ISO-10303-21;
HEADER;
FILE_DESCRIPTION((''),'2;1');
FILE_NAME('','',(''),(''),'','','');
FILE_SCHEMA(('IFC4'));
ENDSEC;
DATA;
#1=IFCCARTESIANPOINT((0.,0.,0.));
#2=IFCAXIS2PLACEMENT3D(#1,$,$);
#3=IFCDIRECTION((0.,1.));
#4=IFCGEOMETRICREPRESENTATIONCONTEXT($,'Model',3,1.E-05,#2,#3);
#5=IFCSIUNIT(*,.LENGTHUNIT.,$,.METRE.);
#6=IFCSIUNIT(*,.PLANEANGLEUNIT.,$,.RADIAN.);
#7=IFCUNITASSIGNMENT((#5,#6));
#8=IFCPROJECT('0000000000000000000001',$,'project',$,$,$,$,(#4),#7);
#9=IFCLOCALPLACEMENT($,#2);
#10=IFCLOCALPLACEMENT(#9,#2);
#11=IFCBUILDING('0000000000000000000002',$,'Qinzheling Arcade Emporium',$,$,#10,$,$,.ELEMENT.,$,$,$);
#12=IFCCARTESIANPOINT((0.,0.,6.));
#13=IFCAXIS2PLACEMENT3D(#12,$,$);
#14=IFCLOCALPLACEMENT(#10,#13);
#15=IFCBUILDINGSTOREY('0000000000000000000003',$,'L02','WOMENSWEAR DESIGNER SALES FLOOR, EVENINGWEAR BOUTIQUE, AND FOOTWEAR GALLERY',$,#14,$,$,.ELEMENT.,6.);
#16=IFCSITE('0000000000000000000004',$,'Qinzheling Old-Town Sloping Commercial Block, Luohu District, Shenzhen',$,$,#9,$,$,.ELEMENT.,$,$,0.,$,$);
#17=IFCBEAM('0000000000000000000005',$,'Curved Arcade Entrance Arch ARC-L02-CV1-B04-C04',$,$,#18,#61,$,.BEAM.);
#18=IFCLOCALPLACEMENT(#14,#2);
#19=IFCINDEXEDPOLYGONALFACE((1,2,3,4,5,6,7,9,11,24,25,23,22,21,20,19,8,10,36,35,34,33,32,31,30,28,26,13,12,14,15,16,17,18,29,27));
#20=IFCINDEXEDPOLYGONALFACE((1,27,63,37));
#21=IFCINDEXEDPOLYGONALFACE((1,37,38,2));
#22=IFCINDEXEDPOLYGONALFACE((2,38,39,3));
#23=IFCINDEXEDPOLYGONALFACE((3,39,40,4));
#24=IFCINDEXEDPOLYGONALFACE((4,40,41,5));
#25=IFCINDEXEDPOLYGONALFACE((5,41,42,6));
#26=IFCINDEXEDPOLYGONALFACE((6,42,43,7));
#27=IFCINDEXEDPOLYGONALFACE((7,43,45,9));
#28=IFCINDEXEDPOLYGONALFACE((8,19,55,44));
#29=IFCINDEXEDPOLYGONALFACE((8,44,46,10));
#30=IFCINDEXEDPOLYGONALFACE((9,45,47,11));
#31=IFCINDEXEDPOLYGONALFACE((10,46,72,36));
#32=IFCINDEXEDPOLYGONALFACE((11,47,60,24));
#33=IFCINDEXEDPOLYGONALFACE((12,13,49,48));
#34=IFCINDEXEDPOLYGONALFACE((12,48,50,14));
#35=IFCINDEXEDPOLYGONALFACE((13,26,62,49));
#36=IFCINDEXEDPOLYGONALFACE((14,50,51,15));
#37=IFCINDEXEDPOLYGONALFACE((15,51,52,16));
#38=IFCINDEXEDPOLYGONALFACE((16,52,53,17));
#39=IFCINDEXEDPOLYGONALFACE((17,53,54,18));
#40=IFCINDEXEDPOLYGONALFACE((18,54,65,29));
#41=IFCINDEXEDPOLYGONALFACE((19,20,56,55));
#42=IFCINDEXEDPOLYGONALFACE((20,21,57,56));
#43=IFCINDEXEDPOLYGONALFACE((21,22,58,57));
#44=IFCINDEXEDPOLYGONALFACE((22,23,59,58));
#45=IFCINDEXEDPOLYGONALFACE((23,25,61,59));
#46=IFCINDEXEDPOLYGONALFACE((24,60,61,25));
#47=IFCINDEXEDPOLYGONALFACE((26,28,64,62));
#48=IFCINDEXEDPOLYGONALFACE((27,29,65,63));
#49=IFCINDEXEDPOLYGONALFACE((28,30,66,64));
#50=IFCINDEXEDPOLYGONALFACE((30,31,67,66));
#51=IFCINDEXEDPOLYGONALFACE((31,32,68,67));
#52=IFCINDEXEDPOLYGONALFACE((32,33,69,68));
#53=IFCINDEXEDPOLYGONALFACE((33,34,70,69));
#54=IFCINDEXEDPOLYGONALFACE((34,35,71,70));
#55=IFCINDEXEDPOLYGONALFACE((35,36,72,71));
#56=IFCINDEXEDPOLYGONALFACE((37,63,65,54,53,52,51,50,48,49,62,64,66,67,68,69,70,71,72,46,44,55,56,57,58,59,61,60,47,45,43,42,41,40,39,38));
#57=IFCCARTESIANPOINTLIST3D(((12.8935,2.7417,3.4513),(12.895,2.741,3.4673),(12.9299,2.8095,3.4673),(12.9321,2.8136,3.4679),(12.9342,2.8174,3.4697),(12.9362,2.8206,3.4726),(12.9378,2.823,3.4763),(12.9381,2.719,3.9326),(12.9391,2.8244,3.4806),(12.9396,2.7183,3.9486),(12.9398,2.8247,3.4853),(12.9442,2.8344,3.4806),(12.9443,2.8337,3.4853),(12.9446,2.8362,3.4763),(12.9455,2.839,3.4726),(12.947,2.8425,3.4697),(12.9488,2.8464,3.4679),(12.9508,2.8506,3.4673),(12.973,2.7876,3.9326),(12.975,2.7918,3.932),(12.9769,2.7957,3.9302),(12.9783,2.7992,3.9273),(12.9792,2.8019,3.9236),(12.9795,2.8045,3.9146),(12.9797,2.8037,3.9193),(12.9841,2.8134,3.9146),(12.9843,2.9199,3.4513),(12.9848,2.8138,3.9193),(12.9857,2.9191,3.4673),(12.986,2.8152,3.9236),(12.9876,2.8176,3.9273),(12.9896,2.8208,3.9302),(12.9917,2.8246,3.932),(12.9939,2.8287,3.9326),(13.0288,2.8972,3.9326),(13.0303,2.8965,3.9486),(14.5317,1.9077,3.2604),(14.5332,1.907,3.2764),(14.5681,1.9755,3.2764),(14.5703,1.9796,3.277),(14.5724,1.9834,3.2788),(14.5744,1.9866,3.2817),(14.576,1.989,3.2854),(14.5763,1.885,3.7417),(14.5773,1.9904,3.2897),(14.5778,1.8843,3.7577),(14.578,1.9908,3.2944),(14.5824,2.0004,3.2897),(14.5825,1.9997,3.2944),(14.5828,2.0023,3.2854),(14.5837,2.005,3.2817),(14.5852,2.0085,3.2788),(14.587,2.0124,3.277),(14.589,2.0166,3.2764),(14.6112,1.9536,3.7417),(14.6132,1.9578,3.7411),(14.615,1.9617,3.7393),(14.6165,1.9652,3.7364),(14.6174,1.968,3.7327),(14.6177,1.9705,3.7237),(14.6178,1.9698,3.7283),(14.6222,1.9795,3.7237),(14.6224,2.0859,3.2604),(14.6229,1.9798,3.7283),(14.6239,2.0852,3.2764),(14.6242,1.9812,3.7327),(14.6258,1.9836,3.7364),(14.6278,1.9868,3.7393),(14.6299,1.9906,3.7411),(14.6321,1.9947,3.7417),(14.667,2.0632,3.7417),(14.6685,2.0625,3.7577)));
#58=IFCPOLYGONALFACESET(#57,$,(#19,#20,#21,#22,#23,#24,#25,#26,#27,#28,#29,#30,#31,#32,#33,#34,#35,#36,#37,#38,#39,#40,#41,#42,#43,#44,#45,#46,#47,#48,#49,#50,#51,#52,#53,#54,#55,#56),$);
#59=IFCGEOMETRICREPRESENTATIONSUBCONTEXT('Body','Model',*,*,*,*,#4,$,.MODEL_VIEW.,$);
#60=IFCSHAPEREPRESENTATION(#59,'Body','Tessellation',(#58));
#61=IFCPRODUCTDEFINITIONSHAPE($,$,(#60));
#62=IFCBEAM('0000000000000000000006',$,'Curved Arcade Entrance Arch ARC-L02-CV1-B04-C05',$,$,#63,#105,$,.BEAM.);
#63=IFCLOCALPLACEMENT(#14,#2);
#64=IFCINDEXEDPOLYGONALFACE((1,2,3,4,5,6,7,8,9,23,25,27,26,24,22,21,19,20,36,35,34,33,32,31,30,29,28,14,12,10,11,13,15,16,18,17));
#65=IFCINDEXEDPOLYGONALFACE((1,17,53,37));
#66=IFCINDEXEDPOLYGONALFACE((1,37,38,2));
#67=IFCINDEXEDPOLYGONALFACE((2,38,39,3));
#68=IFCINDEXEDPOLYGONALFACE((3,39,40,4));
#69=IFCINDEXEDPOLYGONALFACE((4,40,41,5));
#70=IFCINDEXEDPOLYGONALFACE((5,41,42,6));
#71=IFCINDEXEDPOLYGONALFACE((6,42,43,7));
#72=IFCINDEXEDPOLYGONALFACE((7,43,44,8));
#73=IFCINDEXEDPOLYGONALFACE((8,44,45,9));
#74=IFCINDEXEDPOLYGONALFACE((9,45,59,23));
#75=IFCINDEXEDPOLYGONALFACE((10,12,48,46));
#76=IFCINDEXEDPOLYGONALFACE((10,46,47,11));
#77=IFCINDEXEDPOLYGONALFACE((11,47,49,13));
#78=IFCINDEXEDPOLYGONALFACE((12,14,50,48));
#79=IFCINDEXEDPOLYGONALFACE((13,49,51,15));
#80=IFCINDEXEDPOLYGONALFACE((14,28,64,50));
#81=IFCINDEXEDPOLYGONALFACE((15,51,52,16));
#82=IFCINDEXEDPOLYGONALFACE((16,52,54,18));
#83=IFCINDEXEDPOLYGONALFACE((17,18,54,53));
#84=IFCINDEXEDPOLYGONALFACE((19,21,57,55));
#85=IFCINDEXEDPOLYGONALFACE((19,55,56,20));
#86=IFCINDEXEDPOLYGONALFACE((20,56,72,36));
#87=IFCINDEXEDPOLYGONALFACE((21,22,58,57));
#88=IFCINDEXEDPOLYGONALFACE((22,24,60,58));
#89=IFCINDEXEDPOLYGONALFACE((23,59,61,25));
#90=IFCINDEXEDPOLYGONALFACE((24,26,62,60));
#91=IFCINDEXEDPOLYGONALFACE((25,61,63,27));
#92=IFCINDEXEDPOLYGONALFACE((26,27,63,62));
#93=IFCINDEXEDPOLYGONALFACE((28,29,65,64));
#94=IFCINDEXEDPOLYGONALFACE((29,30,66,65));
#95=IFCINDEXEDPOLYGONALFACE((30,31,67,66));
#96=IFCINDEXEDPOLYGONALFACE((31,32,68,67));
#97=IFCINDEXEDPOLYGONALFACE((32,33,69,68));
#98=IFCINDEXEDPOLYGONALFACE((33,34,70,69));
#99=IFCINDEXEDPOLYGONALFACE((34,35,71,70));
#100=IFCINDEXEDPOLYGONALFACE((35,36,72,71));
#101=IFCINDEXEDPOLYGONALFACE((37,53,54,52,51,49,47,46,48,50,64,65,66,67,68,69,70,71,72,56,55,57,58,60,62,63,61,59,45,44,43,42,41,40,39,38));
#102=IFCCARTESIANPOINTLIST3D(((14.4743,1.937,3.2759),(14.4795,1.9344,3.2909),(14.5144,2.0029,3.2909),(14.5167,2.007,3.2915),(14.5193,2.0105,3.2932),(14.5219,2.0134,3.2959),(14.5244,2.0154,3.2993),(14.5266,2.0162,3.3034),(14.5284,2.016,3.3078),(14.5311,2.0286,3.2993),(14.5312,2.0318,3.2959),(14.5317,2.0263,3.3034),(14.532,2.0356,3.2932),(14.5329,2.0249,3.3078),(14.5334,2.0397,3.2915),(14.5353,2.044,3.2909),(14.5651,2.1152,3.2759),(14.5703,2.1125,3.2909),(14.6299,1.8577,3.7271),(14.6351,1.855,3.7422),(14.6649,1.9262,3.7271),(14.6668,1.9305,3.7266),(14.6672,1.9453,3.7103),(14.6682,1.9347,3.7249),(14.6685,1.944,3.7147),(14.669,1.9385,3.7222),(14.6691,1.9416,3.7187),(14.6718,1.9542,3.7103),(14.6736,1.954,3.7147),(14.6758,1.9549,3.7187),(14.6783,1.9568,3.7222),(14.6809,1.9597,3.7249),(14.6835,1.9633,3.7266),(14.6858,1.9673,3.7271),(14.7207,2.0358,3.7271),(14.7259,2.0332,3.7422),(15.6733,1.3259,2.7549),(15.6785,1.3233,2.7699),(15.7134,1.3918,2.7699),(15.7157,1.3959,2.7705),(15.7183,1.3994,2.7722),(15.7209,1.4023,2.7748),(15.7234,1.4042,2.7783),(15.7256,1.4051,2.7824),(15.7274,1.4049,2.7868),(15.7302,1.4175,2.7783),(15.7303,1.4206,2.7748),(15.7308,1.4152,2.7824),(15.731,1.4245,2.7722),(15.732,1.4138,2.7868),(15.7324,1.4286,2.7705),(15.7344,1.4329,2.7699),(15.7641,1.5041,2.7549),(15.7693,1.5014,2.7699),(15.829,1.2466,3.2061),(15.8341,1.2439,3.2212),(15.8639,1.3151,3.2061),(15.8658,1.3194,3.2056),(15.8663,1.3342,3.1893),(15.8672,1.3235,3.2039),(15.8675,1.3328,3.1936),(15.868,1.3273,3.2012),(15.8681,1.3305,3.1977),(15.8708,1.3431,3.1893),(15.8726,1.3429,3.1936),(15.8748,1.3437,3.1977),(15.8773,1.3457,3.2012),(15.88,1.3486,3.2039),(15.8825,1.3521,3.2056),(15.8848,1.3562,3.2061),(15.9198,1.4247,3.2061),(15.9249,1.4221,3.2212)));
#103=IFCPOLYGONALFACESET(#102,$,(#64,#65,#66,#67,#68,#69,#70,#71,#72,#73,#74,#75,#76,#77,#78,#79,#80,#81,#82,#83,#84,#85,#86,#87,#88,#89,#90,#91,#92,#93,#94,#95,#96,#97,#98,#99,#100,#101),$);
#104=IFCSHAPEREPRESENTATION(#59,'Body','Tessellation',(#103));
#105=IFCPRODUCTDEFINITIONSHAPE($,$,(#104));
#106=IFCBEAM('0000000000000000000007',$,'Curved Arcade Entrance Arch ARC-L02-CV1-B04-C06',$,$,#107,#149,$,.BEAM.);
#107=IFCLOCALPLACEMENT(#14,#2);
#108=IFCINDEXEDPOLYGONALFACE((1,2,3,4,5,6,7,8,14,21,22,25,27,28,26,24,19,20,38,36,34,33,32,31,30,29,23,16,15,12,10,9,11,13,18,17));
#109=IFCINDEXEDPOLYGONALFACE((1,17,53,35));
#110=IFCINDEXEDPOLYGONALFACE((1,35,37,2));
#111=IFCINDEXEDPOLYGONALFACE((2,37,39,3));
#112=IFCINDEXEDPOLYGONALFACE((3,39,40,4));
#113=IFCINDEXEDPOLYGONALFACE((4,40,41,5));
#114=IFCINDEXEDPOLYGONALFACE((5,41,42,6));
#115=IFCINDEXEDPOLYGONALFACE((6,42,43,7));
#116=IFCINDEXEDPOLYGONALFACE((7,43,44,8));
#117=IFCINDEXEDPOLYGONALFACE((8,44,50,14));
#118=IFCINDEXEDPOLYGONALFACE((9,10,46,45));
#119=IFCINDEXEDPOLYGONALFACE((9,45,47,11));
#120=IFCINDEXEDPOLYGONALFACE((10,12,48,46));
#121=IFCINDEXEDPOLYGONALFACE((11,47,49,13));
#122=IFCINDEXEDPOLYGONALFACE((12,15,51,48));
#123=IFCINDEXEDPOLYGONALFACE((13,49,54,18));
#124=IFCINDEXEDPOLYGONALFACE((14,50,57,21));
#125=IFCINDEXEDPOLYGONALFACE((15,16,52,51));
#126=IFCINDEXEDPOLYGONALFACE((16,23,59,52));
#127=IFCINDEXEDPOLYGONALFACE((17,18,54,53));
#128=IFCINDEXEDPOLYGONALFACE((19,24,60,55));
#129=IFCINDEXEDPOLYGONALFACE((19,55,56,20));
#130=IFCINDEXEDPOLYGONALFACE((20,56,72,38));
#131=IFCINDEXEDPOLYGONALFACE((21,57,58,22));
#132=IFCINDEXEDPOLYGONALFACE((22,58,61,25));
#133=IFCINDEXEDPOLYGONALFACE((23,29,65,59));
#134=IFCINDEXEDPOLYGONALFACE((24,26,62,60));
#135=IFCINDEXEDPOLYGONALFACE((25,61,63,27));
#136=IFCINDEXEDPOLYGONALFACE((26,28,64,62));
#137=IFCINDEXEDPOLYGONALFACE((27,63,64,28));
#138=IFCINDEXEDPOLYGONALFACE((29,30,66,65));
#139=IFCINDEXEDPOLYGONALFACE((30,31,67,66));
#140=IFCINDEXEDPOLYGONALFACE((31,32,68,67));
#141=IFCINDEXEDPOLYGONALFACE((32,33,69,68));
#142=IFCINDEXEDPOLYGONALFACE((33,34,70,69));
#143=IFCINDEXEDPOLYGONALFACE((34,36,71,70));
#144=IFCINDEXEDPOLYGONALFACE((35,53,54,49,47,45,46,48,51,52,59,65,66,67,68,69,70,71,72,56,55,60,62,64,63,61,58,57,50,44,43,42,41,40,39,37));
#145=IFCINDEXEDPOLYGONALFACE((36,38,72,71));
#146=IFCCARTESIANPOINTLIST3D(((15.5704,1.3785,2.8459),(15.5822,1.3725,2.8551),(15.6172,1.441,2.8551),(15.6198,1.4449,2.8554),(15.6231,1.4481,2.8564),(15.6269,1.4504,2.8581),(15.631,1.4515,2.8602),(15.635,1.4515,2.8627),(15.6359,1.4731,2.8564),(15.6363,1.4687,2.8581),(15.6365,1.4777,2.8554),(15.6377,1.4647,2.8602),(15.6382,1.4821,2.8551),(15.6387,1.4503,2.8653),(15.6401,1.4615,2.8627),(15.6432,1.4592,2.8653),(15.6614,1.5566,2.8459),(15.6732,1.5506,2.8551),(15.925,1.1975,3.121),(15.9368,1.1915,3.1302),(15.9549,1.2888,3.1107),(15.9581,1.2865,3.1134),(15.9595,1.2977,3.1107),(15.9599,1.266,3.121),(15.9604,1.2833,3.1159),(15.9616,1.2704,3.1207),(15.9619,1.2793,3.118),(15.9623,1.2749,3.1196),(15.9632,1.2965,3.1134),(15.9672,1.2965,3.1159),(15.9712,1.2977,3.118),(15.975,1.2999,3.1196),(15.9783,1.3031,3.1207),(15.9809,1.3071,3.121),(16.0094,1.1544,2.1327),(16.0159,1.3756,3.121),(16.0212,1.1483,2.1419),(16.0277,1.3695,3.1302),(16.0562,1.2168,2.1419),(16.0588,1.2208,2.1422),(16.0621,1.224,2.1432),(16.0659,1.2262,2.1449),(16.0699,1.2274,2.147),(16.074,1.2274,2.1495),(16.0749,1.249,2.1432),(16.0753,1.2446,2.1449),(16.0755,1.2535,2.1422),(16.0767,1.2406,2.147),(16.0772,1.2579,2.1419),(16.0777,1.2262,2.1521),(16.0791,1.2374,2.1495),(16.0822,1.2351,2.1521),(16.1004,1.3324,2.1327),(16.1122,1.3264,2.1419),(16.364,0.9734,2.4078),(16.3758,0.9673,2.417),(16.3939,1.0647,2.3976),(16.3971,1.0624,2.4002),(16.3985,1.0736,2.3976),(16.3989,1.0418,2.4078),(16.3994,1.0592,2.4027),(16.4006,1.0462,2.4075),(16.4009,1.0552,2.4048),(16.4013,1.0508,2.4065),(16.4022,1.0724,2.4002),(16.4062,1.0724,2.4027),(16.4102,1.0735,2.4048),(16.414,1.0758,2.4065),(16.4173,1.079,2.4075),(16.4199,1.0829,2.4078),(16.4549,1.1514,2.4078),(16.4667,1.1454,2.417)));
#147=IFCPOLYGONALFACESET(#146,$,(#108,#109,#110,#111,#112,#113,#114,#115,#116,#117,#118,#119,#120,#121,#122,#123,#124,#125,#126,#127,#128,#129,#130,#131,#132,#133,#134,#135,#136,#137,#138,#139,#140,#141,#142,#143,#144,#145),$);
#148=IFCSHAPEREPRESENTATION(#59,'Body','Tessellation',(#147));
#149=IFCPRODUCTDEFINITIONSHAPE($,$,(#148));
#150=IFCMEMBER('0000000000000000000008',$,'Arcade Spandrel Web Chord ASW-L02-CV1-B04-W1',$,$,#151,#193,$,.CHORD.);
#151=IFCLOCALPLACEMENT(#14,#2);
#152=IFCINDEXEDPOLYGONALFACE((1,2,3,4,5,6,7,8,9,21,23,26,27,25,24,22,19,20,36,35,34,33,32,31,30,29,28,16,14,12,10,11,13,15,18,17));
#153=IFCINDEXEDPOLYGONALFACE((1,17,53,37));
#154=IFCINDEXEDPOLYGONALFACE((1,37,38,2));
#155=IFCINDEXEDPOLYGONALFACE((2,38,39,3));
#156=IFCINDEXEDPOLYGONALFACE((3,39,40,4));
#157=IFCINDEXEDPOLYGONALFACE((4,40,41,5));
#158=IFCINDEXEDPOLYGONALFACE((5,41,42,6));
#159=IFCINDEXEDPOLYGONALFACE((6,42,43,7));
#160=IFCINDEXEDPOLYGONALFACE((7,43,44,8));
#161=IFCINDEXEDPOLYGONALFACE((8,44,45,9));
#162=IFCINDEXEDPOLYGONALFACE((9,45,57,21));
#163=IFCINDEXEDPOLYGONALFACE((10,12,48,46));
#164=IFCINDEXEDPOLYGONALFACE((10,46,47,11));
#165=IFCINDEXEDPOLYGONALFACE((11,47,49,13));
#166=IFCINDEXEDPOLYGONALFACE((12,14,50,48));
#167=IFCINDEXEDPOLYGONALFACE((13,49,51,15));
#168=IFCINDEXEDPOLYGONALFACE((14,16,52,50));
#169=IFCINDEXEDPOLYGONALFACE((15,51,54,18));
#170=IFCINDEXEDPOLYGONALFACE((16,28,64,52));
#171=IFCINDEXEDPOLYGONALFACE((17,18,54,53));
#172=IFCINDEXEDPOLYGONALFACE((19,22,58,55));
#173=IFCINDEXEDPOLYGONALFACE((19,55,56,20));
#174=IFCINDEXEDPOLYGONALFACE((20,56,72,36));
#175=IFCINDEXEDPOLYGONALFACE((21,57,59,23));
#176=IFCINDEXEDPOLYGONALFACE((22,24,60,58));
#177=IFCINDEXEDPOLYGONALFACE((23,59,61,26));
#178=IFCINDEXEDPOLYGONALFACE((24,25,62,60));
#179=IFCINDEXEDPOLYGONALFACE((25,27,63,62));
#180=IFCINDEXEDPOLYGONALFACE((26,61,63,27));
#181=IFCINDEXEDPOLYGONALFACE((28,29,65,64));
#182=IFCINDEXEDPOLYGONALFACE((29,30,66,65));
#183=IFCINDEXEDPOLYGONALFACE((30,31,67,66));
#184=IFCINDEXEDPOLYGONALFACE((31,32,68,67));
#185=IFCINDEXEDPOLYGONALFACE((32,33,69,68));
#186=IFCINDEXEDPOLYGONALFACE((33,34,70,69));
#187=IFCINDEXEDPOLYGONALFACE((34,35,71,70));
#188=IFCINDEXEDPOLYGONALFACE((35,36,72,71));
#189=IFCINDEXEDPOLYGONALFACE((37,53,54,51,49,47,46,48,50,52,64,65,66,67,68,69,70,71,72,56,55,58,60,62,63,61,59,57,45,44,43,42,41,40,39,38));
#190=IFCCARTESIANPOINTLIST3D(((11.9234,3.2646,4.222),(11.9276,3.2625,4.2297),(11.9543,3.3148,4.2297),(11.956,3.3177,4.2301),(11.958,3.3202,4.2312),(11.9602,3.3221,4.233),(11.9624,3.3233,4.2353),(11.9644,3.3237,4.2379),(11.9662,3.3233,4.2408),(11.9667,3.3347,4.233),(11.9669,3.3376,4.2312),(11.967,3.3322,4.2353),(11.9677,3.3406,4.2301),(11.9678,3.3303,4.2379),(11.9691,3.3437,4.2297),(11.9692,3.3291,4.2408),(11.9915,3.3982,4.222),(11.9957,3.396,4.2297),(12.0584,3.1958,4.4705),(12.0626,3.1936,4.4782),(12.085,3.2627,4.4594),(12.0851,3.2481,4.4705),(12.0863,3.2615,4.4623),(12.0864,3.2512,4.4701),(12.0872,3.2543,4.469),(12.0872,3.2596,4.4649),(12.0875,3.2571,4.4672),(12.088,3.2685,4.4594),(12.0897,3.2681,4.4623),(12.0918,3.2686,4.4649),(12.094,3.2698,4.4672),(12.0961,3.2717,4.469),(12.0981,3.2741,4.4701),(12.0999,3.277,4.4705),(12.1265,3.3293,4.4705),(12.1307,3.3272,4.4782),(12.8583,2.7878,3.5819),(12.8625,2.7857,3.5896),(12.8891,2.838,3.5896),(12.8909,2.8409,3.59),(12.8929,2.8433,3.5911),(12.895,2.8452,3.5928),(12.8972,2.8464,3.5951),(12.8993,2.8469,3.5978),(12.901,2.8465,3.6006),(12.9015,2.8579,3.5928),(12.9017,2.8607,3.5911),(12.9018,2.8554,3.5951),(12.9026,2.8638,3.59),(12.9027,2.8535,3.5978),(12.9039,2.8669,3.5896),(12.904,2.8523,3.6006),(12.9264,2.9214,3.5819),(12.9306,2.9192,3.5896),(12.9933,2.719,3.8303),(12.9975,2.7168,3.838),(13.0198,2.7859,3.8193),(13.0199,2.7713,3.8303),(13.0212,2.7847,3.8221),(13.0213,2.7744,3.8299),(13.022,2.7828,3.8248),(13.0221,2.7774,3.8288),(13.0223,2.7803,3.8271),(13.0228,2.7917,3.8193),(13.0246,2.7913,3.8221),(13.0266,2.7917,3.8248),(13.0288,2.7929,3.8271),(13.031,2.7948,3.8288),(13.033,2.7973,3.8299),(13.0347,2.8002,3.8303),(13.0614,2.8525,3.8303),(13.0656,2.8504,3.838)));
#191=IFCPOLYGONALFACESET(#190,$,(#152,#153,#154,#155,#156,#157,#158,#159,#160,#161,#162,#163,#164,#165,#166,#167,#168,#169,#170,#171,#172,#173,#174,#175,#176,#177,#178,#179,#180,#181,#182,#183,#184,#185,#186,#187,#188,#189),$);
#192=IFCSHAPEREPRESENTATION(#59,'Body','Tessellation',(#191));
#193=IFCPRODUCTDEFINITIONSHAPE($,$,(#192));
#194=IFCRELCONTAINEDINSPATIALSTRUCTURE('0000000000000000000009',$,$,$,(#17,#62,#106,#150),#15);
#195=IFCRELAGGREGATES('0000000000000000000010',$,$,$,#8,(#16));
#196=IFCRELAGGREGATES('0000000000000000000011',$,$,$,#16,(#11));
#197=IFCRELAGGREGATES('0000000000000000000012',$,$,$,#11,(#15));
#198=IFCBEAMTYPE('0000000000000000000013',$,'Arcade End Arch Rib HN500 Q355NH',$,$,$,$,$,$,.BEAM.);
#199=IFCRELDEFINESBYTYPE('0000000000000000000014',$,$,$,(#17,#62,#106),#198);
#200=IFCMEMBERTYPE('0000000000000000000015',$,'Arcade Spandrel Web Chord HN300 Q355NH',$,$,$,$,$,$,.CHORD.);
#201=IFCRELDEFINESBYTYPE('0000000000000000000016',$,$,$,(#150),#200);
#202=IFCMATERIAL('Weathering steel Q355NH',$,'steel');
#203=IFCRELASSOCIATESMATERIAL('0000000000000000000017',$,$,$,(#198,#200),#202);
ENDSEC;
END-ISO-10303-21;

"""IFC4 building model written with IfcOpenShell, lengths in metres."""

from ifc_helpers import new_model, si_unit, direction, frame, origin, origin_2d, place, context, subcontext, project, spatial, i_section, extrude, material, material_profile, profile_set, type_object, element, save


model = new_model("IFC4")

# Units and contexts
model_context = context("Model", 3, precision=1e-05, world=origin(), true_north=direction((0.0, 1.0)))
body_context = subcontext(model_context, "Body", "Model", "MODEL_VIEW")
ifc_project = project(units=[si_unit("LENGTHUNIT", "METRE"), si_unit("PLANEANGLEUNIT", "RADIAN")], contexts=[model_context])

# Site, building, storey
site_placement = place(None, origin())
site = spatial("IfcSite", under=ifc_project, at=site_placement, Name="Qinzheling Old-Town Sloping Commercial Block, Luohu District, Shenzhen", CompositionType="ELEMENT", RefElevation=0.0)
building_placement = place(site_placement, origin())
building = spatial("IfcBuilding", under=site, at=building_placement, Name="Qinzheling Arcade Emporium", CompositionType="ELEMENT")
storey_placement = place(building_placement, frame((0.0, 0.0, 6.0)))
storey = spatial("IfcBuildingStorey", under=building, at=storey_placement, Name="L02", Description="WOMENSWEAR DESIGNER SALES FLOOR, EVENINGWEAR BOUTIQUE, AND FOOTWEAR GALLERY", CompositionType="ELEMENT", Elevation=6.0)

# Beams
ifc_material_1 = material(Name="Weathering steel Q355NH", Category="steel")
ifc_material_profile_1 = material_profile(ifc_material_1, i_section(OverallWidth=0.2, OverallDepth=0.5, WebThickness=0.01, FlangeThickness=0.0161, FilletRadius=0.0181, at=origin_2d()), Name="HN 500x200x10x16", Category="steel")
ifc_profile_set_1 = profile_set([ifc_material_profile_1], Name="Weathering steel Q355NH")
beam_type = type_object("IfcBeamType", Name="Arcade End Arch Rib HN500 Q355NH", PredefinedType="BEAM", material=ifc_profile_set_1)
beam_1_placement = place(storey_placement, frame((12.9619, 2.8191, 3.7), z_axis=(0.886395, -0.451256, -0.103303), x_axis=(0.453683, 0.891163, 0.0)))
element("IfcBeam", 1, at=beam_1_placement, inside=storey, type_object=beam_type, Name="Curved Arcade Entrance Arch ARC-L02-CV1-B04-C04", PredefinedType="BEAM", context=body_context, shape_type="SweptSolid", body=[
    extrude(i_section(OverallWidth=0.2, OverallDepth=0.5, WebThickness=0.01, FlangeThickness=0.0161, FilletRadius=0.0181, at=origin_2d()), origin(), (0.0, 0.0, 1.0), 1.8481),
])
beam_2_placement = place(storey_placement, frame((14.6001, 1.9851, 3.509), z_axis=(0.83086, -0.423466, -0.361038), x_axis=(0.454094, 0.890954, 0.0)))
element("IfcBeam", 2, at=beam_2_placement, inside=storey, type_object=beam_type, Name="Curved Arcade Entrance Arch ARC-L02-CV1-B04-C05", PredefinedType="BEAM", context=body_context, shape_type="SweptSolid", body=[
    extrude(i_section(OverallWidth=0.2, OverallDepth=0.5, WebThickness=0.01, FlangeThickness=0.0161, FilletRadius=0.0181, at=origin_2d()), origin(), (0.0, 0.0, 1.0), 1.4431),
])
beam_3_placement = place(storey_placement, frame((15.7991, 1.374, 2.988), z_axis=(0.506373, -0.258538, -0.822645), x_axis=(0.454727, 0.890631, 0.0)))
element("IfcBeam", 3, at=beam_3_placement, inside=storey, type_object=beam_type, Name="Curved Arcade Entrance Arch ARC-L02-CV1-B04-C06", PredefinedType="BEAM", context=body_context, shape_type="SweptSolid", body=[
    extrude(i_section(OverallWidth=0.2, OverallDepth=0.5, WebThickness=0.01, FlangeThickness=0.0161, FilletRadius=0.0181, at=origin_2d()), origin(), (0.0, 0.0, 1.0), 0.8669),
])

# Member
ifc_material_profile_2 = material_profile(ifc_material_1, i_section(OverallWidth=0.1499, OverallDepth=0.3, WebThickness=0.0066, FlangeThickness=0.009, FilletRadius=0.0129, at=origin_2d()), Name="HN 300x150x6.5x9", Category="steel")
ifc_profile_set_2 = profile_set([ifc_material_profile_2], Name="Weathering steel Q355NH")
member_type_1 = type_object("IfcMemberType", Name="Arcade Spandrel Web Chord HN300 Q355NH", PredefinedType="CHORD", material=ifc_profile_set_2)
member_1_placement = place(storey_placement, frame((12.9619, 2.8191, 3.71), z_axis=(-0.76049, 0.387892, 0.520764), x_axis=(-0.454365, -0.890816, 0.0)))
element("IfcMember", 4, at=member_1_placement, inside=storey, type_object=member_type_1, Name="Arcade Spandrel Web Chord ASW-L02-CV1-B04-W1", PredefinedType="CHORD", context=body_context, shape_type="SweptSolid", body=[
    extrude(i_section(OverallWidth=0.1499, OverallDepth=0.3, WebThickness=0.0066, FlangeThickness=0.009, FilletRadius=0.0129, at=origin_2d()), origin(), (0.0, 0.0, 1.0), 1.2292),
])

save(model, "model.ifc")
